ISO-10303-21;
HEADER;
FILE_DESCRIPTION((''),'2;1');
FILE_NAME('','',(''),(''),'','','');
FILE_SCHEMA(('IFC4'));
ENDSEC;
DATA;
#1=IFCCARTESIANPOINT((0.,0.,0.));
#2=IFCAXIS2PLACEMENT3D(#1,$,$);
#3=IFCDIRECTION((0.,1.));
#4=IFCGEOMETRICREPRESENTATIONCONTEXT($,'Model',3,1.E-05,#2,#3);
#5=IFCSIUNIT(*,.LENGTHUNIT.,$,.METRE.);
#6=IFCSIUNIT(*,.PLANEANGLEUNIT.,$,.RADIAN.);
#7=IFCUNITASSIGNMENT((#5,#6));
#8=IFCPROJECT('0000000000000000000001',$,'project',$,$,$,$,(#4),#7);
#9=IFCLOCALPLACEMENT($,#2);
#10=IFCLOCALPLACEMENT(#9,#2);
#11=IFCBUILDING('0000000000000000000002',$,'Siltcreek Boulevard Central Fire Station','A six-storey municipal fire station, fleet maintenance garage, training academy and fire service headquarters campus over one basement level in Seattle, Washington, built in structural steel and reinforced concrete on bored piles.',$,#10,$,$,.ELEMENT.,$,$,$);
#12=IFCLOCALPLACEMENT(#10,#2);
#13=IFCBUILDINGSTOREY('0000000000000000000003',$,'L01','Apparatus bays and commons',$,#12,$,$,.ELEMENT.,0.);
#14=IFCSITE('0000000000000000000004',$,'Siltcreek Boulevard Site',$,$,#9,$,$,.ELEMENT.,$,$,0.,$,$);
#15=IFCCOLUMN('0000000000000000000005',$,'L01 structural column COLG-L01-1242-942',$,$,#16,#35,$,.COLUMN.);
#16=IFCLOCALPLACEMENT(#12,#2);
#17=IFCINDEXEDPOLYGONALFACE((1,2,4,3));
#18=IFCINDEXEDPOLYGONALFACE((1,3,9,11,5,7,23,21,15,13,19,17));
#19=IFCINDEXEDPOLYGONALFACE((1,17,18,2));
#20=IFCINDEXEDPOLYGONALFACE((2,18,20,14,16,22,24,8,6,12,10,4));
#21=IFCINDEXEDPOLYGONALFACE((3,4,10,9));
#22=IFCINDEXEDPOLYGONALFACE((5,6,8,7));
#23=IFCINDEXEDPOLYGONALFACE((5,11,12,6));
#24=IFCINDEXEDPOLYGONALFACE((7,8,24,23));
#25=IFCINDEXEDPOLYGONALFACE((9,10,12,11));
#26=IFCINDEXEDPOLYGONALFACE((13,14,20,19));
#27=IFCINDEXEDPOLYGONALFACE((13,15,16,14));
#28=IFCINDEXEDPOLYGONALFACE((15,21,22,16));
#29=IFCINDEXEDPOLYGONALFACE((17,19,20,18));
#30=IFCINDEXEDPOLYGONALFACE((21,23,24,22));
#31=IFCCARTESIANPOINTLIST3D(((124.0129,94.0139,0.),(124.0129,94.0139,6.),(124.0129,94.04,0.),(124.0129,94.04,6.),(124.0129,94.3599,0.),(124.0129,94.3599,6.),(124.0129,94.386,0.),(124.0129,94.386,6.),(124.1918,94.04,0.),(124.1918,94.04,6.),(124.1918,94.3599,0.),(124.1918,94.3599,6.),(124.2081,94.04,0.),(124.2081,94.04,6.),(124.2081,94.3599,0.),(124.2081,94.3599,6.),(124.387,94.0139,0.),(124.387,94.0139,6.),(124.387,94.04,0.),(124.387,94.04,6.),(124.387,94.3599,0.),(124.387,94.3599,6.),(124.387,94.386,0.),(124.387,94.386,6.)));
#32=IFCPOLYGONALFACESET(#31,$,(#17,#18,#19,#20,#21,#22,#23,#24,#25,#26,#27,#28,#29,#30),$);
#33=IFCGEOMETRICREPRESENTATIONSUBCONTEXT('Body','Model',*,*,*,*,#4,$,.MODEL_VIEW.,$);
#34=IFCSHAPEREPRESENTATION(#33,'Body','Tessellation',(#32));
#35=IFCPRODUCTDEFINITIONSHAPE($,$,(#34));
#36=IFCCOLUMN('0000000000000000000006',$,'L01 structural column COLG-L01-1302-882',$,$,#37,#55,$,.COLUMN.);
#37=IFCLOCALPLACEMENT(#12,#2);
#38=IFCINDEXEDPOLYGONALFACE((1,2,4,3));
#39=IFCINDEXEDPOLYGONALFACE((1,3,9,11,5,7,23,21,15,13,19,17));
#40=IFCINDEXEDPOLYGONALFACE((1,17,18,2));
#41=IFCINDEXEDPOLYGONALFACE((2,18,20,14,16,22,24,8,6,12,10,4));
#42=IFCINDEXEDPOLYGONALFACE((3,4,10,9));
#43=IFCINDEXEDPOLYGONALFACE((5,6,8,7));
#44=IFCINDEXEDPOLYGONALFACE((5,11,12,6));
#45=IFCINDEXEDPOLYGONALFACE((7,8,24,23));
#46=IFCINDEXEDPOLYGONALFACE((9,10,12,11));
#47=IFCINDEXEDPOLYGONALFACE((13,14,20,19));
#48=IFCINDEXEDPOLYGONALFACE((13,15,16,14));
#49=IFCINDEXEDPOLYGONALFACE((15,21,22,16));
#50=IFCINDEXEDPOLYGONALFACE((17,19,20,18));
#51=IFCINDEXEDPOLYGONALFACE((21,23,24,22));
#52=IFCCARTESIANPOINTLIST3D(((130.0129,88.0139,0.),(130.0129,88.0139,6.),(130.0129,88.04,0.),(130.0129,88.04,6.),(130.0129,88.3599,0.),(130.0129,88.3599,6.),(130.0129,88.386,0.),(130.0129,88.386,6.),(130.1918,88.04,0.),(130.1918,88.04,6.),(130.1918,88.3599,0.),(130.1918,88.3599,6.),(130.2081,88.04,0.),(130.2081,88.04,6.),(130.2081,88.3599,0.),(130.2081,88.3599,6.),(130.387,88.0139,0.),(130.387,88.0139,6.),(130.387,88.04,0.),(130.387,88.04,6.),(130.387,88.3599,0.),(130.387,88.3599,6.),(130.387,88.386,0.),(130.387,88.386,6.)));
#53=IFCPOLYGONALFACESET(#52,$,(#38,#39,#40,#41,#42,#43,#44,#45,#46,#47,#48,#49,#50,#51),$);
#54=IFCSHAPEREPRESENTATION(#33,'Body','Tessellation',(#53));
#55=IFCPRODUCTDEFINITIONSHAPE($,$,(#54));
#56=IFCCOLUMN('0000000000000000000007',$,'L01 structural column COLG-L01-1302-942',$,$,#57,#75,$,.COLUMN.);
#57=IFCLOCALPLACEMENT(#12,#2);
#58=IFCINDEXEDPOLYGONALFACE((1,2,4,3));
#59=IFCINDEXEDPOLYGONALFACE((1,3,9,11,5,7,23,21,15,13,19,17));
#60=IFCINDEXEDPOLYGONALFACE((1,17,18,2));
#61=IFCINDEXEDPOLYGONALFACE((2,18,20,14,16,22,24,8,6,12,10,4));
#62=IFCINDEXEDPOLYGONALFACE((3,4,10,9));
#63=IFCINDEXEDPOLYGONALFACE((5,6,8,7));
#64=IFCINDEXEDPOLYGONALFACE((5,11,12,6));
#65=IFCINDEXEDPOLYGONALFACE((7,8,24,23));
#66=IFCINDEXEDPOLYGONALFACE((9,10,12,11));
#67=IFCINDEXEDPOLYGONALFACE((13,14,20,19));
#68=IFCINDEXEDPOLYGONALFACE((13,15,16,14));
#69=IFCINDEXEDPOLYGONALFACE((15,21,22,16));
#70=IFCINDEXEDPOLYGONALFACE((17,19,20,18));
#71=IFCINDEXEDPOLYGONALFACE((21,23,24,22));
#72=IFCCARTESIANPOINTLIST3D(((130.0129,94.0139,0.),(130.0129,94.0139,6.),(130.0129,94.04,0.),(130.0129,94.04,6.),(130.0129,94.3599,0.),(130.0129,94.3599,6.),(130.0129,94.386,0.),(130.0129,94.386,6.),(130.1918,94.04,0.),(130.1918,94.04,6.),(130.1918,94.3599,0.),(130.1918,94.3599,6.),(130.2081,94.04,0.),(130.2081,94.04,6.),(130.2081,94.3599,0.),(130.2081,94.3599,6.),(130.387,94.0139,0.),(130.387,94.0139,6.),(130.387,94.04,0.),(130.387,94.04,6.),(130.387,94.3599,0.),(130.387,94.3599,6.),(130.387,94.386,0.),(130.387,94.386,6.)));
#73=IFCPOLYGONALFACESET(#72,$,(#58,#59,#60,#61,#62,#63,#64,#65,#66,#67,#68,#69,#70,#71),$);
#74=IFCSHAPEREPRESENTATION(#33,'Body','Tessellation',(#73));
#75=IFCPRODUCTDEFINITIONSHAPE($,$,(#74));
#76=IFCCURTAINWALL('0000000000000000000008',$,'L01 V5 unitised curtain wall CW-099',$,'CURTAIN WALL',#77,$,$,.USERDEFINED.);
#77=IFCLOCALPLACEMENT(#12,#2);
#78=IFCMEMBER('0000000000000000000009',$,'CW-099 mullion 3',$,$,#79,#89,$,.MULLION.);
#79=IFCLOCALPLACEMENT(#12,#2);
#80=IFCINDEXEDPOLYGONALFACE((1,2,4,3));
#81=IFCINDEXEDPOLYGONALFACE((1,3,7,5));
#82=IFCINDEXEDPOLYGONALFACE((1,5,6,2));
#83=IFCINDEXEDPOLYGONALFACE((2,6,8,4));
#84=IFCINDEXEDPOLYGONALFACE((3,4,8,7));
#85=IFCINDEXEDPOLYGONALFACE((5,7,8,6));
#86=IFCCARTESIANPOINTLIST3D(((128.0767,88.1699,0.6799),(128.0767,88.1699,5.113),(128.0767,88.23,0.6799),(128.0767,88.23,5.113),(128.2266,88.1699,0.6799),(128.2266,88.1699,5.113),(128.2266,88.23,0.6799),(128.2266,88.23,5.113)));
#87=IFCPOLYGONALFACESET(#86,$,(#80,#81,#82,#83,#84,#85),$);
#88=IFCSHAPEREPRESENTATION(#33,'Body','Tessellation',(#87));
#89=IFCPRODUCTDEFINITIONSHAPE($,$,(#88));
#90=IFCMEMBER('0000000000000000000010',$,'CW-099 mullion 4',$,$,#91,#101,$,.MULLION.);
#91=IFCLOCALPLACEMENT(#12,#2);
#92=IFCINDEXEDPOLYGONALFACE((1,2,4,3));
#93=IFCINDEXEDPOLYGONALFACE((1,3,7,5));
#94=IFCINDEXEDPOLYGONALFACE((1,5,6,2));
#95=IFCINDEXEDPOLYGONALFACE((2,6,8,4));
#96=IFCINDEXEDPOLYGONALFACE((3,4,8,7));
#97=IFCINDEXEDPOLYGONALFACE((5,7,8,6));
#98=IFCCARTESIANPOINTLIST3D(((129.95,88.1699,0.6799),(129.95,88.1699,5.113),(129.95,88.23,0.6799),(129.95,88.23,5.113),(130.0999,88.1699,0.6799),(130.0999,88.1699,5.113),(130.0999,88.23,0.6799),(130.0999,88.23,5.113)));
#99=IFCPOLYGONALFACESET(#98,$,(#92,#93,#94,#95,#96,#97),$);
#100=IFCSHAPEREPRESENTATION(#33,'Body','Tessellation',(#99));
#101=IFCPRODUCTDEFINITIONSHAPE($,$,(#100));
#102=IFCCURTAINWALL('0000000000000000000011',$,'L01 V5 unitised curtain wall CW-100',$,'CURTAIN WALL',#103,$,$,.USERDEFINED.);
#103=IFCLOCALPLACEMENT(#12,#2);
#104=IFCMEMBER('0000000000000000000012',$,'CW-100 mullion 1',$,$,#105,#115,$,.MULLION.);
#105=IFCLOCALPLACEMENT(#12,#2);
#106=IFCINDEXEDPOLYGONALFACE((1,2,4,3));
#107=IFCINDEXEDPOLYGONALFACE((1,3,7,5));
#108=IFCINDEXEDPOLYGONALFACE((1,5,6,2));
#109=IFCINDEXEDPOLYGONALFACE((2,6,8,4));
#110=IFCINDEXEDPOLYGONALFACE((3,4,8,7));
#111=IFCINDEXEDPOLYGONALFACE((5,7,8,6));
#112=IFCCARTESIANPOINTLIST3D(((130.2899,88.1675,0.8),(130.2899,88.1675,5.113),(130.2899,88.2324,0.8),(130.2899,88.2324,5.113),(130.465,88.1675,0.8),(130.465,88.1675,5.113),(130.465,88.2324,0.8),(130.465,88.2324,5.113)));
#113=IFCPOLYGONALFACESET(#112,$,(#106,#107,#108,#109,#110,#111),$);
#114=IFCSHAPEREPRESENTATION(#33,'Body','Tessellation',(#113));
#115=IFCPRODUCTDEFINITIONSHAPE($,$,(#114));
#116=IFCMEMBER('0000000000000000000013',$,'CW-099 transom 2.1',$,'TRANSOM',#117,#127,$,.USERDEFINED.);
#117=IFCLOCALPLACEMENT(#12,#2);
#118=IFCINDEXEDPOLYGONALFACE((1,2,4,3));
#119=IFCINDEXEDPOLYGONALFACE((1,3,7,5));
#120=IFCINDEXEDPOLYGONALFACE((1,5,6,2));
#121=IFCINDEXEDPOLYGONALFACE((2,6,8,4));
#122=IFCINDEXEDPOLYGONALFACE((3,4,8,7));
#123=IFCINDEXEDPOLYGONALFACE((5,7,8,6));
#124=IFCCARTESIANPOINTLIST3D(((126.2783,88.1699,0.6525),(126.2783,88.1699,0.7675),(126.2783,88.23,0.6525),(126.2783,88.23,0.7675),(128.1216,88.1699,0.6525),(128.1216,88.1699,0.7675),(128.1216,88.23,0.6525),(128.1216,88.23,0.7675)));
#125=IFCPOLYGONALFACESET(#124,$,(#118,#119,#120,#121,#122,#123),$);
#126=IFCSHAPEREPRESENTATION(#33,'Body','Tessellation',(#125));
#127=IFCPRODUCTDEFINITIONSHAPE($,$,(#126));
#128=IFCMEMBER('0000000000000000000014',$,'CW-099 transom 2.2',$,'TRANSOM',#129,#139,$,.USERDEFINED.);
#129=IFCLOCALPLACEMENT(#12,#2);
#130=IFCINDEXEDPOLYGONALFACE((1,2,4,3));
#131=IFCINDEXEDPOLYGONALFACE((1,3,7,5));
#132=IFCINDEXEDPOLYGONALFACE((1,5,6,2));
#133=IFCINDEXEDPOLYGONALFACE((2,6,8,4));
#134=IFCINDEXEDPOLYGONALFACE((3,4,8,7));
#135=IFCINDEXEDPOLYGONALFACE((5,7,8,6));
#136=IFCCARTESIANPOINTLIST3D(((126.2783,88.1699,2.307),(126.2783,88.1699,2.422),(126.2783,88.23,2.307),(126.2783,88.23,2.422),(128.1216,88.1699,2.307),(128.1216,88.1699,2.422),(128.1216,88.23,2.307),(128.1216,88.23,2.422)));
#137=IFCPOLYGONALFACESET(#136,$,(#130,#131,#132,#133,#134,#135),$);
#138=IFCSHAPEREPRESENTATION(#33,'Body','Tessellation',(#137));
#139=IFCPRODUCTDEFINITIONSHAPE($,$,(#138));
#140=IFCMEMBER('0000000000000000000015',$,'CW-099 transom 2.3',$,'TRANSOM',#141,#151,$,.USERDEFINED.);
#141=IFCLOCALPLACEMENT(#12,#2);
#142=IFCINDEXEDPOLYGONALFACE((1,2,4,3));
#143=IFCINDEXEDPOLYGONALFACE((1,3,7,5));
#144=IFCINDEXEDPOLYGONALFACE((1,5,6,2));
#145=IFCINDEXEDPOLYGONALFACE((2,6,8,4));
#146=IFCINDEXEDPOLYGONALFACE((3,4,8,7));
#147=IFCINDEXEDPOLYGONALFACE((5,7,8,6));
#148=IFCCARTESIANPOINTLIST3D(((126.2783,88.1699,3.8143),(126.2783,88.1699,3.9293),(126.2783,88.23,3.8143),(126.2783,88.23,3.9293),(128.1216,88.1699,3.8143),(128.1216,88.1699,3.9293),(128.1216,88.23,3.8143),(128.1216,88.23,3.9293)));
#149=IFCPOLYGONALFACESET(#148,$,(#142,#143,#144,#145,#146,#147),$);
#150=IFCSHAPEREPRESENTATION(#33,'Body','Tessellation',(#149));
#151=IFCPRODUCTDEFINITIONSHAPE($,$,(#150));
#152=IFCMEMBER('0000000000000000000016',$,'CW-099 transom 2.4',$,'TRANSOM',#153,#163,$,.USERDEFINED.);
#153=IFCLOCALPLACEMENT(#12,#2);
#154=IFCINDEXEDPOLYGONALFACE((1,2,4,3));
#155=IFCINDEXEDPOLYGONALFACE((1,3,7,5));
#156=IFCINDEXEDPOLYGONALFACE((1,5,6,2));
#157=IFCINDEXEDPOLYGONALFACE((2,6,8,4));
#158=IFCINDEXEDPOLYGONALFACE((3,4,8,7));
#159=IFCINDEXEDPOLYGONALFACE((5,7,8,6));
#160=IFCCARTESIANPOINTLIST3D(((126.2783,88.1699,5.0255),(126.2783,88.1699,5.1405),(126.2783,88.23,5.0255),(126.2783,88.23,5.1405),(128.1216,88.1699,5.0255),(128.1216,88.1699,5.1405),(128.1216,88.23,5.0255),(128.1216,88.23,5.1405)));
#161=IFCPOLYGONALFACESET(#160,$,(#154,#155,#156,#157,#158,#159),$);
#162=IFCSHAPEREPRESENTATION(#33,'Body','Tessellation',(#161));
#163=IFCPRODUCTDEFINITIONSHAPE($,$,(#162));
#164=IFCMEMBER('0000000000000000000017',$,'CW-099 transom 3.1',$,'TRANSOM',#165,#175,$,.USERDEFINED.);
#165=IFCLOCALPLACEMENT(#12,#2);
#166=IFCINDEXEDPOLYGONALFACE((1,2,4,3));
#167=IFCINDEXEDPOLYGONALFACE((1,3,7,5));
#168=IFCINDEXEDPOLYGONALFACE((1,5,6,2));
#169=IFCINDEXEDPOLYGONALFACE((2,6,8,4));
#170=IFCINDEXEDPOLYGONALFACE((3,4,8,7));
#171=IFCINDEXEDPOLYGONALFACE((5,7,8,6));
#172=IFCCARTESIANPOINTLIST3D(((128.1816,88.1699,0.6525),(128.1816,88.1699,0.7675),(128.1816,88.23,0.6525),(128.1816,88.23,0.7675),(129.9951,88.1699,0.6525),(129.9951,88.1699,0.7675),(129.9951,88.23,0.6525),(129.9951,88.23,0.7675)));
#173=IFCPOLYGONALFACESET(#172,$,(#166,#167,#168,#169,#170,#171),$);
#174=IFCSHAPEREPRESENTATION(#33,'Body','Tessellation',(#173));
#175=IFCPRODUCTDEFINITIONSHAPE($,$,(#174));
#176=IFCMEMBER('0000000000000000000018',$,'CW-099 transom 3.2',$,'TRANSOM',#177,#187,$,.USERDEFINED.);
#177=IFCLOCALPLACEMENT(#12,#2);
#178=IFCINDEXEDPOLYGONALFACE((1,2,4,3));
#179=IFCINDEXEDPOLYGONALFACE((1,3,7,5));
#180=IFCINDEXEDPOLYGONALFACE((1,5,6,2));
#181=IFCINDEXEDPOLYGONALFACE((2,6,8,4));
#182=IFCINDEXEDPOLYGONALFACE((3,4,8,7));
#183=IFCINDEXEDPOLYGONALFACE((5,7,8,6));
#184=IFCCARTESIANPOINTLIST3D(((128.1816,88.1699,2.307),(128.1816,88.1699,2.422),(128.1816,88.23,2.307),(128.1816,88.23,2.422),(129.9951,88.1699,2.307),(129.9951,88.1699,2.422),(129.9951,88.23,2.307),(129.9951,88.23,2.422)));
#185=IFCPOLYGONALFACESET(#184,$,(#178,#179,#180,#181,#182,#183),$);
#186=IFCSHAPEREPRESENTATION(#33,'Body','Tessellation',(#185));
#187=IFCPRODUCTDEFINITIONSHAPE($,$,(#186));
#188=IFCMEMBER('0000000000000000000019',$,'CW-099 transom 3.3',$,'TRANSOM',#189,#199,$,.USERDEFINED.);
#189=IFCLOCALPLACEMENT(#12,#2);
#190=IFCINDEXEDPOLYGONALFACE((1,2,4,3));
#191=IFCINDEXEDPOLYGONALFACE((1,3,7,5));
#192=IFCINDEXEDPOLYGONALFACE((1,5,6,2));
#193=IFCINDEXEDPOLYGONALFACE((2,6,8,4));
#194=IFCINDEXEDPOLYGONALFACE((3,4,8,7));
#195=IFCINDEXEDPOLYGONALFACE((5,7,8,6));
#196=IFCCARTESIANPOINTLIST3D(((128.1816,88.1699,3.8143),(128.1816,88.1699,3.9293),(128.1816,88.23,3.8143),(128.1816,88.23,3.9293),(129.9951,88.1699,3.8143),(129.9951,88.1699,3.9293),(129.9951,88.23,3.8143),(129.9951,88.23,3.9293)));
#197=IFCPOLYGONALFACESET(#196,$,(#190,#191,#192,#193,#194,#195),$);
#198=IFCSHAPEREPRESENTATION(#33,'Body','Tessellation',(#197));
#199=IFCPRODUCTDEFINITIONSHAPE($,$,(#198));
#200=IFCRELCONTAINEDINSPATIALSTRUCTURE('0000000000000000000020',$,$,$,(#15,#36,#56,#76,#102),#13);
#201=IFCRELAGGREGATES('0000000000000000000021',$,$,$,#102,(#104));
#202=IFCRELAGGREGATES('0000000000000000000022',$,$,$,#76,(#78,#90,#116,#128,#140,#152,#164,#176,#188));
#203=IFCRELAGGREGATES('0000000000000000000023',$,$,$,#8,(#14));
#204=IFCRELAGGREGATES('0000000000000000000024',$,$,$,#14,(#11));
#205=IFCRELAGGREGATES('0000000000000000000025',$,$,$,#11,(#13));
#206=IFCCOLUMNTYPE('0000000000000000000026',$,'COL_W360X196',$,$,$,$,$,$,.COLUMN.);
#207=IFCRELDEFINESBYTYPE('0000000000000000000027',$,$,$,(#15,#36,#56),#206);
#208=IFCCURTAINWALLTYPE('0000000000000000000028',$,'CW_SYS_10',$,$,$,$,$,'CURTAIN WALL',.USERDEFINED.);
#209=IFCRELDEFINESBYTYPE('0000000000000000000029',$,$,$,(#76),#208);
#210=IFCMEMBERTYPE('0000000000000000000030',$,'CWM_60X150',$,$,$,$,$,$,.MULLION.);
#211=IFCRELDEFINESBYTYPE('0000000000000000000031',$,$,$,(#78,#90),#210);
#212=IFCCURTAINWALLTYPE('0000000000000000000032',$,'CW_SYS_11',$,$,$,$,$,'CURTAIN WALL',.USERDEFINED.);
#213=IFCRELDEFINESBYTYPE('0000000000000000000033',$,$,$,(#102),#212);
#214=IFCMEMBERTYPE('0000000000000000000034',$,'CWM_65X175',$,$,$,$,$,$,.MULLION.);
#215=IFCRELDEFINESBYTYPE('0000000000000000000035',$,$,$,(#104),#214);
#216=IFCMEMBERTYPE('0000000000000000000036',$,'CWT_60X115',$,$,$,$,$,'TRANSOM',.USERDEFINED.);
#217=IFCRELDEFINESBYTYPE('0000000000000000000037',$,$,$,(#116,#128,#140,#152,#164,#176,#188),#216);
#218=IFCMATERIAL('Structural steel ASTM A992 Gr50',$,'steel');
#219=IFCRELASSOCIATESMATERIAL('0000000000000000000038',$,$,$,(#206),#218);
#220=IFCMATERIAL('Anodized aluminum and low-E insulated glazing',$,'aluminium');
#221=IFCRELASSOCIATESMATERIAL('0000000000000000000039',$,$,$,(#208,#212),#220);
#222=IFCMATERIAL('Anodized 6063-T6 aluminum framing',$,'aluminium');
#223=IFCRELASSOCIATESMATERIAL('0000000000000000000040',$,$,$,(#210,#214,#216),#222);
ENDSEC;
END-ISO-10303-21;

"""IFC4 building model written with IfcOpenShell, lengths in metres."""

from ifc_helpers import new_model, si_unit, direction, frame, origin, origin_2d, place, context, subcontext, project, spatial, rectangle, i_section, extrude, material, material_profile, profile_set, type_object, element, aggregate, save


model = new_model("IFC4")

# Units and contexts
model_context = context("Model", 3, precision=1e-05, world=origin(), true_north=direction((0.0, 1.0)))
body_context = subcontext(model_context, "Body", "Model", "MODEL_VIEW")
ifc_project = project(units=[si_unit("LENGTHUNIT", "METRE"), si_unit("PLANEANGLEUNIT", "RADIAN")], contexts=[model_context])

# Site, building, storey
site_placement = place(None, origin())
site = spatial("IfcSite", under=ifc_project, at=site_placement, Name="Siltcreek Boulevard Site", CompositionType="ELEMENT", RefElevation=0.0)
building_placement = place(site_placement, origin())
building = spatial("IfcBuilding", under=site, at=building_placement, Name="Siltcreek Boulevard Central Fire Station", Description="A six-storey municipal fire station, fleet maintenance garage, training academy and fire service headquarters campus over one basement level in Seattle, Washington, built in structural steel and reinforced concrete on bored piles.", CompositionType="ELEMENT")
storey_placement = place(building_placement, origin())
storey = spatial("IfcBuildingStorey", under=building, at=storey_placement, Name="L01", Description="Apparatus bays and commons", CompositionType="ELEMENT", Elevation=0.0)

# Columns
ifc_material_1 = material(Name="Structural steel ASTM A992 Gr50", Category="steel")
ifc_material_profile_1 = material_profile(ifc_material_1, i_section(OverallWidth=0.374, OverallDepth=0.3721, WebThickness=0.0164, FlangeThickness=0.0261, at=origin_2d()), Name="W360X196")
ifc_profile_set_1 = profile_set([ifc_material_profile_1], Name="Structural steel ASTM A992 Gr50")
column_type = type_object("IfcColumnType", Name="COL_W360X196", PredefinedType="COLUMN", material=ifc_profile_set_1)
for number, where, z_axis, x_axis, name in (
    (1, (124.2, 94.2, 0.0), (0.0, 0.0, 1.0), (1.0, 0.0, 0.0), "L01 structural column COLG-L01-1242-942"),
    (2, (130.2, 88.2, 0.0), (0.0, 0.0, 1.0), (1.0, 0.0, 0.0), "L01 structural column COLG-L01-1302-882"),
    (3, (130.2, 94.2, 0.0), (0.0, 0.0, 1.0), (1.0, 0.0, 0.0), "L01 structural column COLG-L01-1302-942"),
):
    element("IfcColumn", number, at=place(storey_placement, frame(where, z_axis=z_axis, x_axis=x_axis)), inside=storey, type_object=column_type, Name=name, PredefinedType="COLUMN", context=body_context, shape_type="SweptSolid", body=[
        extrude(i_section(OverallWidth=0.374, OverallDepth=0.3721, WebThickness=0.0164, FlangeThickness=0.0261, at=origin_2d()), origin(), (0.0, 0.0, 1.0), 6.0),
    ])

# Curtain wall, members
ifc_material_2 = material(Name="Anodized aluminum and low-E insulated glazing", Category="aluminium")
curtain_wall_type_1 = type_object("IfcCurtainWallType", Name="CW_SYS_10", ElementType="CURTAIN WALL", PredefinedType="USERDEFINED", material=ifc_material_2)
curtain_wall_1_placement = place(storey_placement, origin())
curtain_wall_1 = element("IfcCurtainWall", 4, at=curtain_wall_1_placement, inside=storey, type_object=curtain_wall_type_1, Name="L01 V5 unitised curtain wall CW-099", ObjectType="CURTAIN WALL", PredefinedType="USERDEFINED")
ifc_material_3 = material(Name="Anodized 6063-T6 aluminum framing", Category="aluminium")
ifc_material_profile_2 = material_profile(ifc_material_3, rectangle(XDim=0.0601, YDim=0.1499, at=origin_2d()), Name="MULL60X150")
ifc_profile_set_2 = profile_set([ifc_material_profile_2], Name="Anodized 6063-T6 aluminum framing")
member_type_1 = type_object("IfcMemberType", Name="CWM_60X150", PredefinedType="MULLION", material=ifc_profile_set_2)
member_1_placement = place(storey_placement, frame((128.1516, 88.2, 0.6799), z_axis=(0.0, 0.0, 1.0), x_axis=(0.0, 1.0, 0.0)))
member_1 = element("IfcMember", 5, at=member_1_placement, type_object=member_type_1, Name="CW-099 mullion 3", PredefinedType="MULLION", context=body_context, shape_type="SweptSolid", body=[
    extrude(rectangle(XDim=0.0601, YDim=0.1499, at=origin_2d()), origin(), (0.0, 0.0, 1.0), 4.4331),
])
member_2_placement = place(storey_placement, frame((130.0249, 88.2, 0.6799), z_axis=(0.0, 0.0, 1.0), x_axis=(0.0, 1.0, 0.0)))
member_2 = element("IfcMember", 6, at=member_2_placement, type_object=member_type_1, Name="CW-099 mullion 4", PredefinedType="MULLION", context=body_context, shape_type="SweptSolid", body=[
    extrude(rectangle(XDim=0.0601, YDim=0.1499, at=origin_2d()), origin(), (0.0, 0.0, 1.0), 4.4331),
])

# Curtain wall, member
curtain_wall_type_2 = type_object("IfcCurtainWallType", Name="CW_SYS_11", ElementType="CURTAIN WALL", PredefinedType="USERDEFINED", material=ifc_material_2)
curtain_wall_2_placement = place(storey_placement, origin())
curtain_wall_2 = element("IfcCurtainWall", 7, at=curtain_wall_2_placement, inside=storey, type_object=curtain_wall_type_2, Name="L01 V5 unitised curtain wall CW-100", ObjectType="CURTAIN WALL", PredefinedType="USERDEFINED")
ifc_material_profile_3 = material_profile(ifc_material_3, rectangle(XDim=0.0649, YDim=0.175, at=origin_2d()), Name="MULL65X175")
ifc_profile_set_3 = profile_set([ifc_material_profile_3], Name="Anodized 6063-T6 aluminum framing")
member_type_2 = type_object("IfcMemberType", Name="CWM_65X175", PredefinedType="MULLION", material=ifc_profile_set_3)
member_3_placement = place(storey_placement, frame((130.3774, 88.2, 0.8), z_axis=(0.0, 0.0, 1.0), x_axis=(0.0, 1.0, 0.0)))
member_3 = element("IfcMember", 8, at=member_3_placement, type_object=member_type_2, Name="CW-100 mullion 1", PredefinedType="MULLION", context=body_context, shape_type="SweptSolid", body=[
    extrude(rectangle(XDim=0.0649, YDim=0.175, at=origin_2d()), origin(), (0.0, 0.0, 1.0), 4.313),
])

# Members
ifc_material_profile_4 = material_profile(ifc_material_3, rectangle(XDim=0.0601, YDim=0.115, at=origin_2d()), Name="TRAN60X115")
ifc_profile_set_4 = profile_set([ifc_material_profile_4], Name="Anodized 6063-T6 aluminum framing")
member_type_3 = type_object("IfcMemberType", Name="CWT_60X115", ElementType="TRANSOM", PredefinedType="USERDEFINED", material=ifc_profile_set_4)
member_4_placement = place(storey_placement, frame((126.2783, 88.2, 0.71), z_axis=(1.0, 0.0, 0.0), x_axis=(0.0, 1.0, 0.0)))
member_4 = element("IfcMember", 9, at=member_4_placement, type_object=member_type_3, Name="CW-099 transom 2.1", ObjectType="TRANSOM", PredefinedType="USERDEFINED", context=body_context, shape_type="SweptSolid", body=[
    extrude(rectangle(XDim=0.0601, YDim=0.115, at=origin_2d()), origin(), (0.0, 0.0, 1.0), 1.8433),
])
member_5_placement = place(storey_placement, frame((126.2783, 88.2, 2.3645), z_axis=(1.0, 0.0, 0.0), x_axis=(0.0, 1.0, 0.0)))
member_5 = element("IfcMember", 10, at=member_5_placement, type_object=member_type_3, Name="CW-099 transom 2.2", ObjectType="TRANSOM", PredefinedType="USERDEFINED", context=body_context, shape_type="SweptSolid", body=[
    extrude(rectangle(XDim=0.0601, YDim=0.115, at=origin_2d()), origin(), (0.0, 0.0, 1.0), 1.8433),
])
member_6_placement = place(storey_placement, frame((126.2783, 88.2, 3.8718), z_axis=(1.0, 0.0, 0.0), x_axis=(0.0, 1.0, 0.0)))
member_6 = element("IfcMember", 11, at=member_6_placement, type_object=member_type_3, Name="CW-099 transom 2.3", ObjectType="TRANSOM", PredefinedType="USERDEFINED", context=body_context, shape_type="SweptSolid", body=[
    extrude(rectangle(XDim=0.0601, YDim=0.115, at=origin_2d()), origin(), (0.0, 0.0, 1.0), 1.8433),
])
member_7_placement = place(storey_placement, frame((126.2783, 88.2, 5.083), z_axis=(1.0, 0.0, 0.0), x_axis=(0.0, 1.0, 0.0)))
member_7 = element("IfcMember", 12, at=member_7_placement, type_object=member_type_3, Name="CW-099 transom 2.4", ObjectType="TRANSOM", PredefinedType="USERDEFINED", context=body_context, shape_type="SweptSolid", body=[
    extrude(rectangle(XDim=0.0601, YDim=0.115, at=origin_2d()), origin(), (0.0, 0.0, 1.0), 1.8433),
])
member_8_placement = place(storey_placement, frame((128.1816, 88.2, 0.71), z_axis=(1.0, 0.0, 0.0), x_axis=(0.0, 1.0, 0.0)))
member_8 = element("IfcMember", 13, at=member_8_placement, type_object=member_type_3, Name="CW-099 transom 3.1", ObjectType="TRANSOM", PredefinedType="USERDEFINED", context=body_context, shape_type="SweptSolid", body=[
    extrude(rectangle(XDim=0.0601, YDim=0.115, at=origin_2d()), origin(), (0.0, 0.0, 1.0), 1.8135),
])
member_9_placement = place(storey_placement, frame((128.1816, 88.2, 2.3645), z_axis=(1.0, 0.0, 0.0), x_axis=(0.0, 1.0, 0.0)))
member_9 = element("IfcMember", 14, at=member_9_placement, type_object=member_type_3, Name="CW-099 transom 3.2", ObjectType="TRANSOM", PredefinedType="USERDEFINED", context=body_context, shape_type="SweptSolid", body=[
    extrude(rectangle(XDim=0.0601, YDim=0.115, at=origin_2d()), origin(), (0.0, 0.0, 1.0), 1.8135),
])
member_10_placement = place(storey_placement, frame((128.1816, 88.2, 3.8718), z_axis=(1.0, 0.0, 0.0), x_axis=(0.0, 1.0, 0.0)))
member_10 = element("IfcMember", 15, at=member_10_placement, type_object=member_type_3, Name="CW-099 transom 3.3", ObjectType="TRANSOM", PredefinedType="USERDEFINED", context=body_context, shape_type="SweptSolid", body=[
    extrude(rectangle(XDim=0.0601, YDim=0.115, at=origin_2d()), origin(), (0.0, 0.0, 1.0), 1.8135),
])
aggregate(curtain_wall_2, [member_3])

aggregate(curtain_wall_1, [member_1, member_2, member_4, member_5, member_6, member_7, member_8, member_9, member_10])

save(model, "model.ifc")
